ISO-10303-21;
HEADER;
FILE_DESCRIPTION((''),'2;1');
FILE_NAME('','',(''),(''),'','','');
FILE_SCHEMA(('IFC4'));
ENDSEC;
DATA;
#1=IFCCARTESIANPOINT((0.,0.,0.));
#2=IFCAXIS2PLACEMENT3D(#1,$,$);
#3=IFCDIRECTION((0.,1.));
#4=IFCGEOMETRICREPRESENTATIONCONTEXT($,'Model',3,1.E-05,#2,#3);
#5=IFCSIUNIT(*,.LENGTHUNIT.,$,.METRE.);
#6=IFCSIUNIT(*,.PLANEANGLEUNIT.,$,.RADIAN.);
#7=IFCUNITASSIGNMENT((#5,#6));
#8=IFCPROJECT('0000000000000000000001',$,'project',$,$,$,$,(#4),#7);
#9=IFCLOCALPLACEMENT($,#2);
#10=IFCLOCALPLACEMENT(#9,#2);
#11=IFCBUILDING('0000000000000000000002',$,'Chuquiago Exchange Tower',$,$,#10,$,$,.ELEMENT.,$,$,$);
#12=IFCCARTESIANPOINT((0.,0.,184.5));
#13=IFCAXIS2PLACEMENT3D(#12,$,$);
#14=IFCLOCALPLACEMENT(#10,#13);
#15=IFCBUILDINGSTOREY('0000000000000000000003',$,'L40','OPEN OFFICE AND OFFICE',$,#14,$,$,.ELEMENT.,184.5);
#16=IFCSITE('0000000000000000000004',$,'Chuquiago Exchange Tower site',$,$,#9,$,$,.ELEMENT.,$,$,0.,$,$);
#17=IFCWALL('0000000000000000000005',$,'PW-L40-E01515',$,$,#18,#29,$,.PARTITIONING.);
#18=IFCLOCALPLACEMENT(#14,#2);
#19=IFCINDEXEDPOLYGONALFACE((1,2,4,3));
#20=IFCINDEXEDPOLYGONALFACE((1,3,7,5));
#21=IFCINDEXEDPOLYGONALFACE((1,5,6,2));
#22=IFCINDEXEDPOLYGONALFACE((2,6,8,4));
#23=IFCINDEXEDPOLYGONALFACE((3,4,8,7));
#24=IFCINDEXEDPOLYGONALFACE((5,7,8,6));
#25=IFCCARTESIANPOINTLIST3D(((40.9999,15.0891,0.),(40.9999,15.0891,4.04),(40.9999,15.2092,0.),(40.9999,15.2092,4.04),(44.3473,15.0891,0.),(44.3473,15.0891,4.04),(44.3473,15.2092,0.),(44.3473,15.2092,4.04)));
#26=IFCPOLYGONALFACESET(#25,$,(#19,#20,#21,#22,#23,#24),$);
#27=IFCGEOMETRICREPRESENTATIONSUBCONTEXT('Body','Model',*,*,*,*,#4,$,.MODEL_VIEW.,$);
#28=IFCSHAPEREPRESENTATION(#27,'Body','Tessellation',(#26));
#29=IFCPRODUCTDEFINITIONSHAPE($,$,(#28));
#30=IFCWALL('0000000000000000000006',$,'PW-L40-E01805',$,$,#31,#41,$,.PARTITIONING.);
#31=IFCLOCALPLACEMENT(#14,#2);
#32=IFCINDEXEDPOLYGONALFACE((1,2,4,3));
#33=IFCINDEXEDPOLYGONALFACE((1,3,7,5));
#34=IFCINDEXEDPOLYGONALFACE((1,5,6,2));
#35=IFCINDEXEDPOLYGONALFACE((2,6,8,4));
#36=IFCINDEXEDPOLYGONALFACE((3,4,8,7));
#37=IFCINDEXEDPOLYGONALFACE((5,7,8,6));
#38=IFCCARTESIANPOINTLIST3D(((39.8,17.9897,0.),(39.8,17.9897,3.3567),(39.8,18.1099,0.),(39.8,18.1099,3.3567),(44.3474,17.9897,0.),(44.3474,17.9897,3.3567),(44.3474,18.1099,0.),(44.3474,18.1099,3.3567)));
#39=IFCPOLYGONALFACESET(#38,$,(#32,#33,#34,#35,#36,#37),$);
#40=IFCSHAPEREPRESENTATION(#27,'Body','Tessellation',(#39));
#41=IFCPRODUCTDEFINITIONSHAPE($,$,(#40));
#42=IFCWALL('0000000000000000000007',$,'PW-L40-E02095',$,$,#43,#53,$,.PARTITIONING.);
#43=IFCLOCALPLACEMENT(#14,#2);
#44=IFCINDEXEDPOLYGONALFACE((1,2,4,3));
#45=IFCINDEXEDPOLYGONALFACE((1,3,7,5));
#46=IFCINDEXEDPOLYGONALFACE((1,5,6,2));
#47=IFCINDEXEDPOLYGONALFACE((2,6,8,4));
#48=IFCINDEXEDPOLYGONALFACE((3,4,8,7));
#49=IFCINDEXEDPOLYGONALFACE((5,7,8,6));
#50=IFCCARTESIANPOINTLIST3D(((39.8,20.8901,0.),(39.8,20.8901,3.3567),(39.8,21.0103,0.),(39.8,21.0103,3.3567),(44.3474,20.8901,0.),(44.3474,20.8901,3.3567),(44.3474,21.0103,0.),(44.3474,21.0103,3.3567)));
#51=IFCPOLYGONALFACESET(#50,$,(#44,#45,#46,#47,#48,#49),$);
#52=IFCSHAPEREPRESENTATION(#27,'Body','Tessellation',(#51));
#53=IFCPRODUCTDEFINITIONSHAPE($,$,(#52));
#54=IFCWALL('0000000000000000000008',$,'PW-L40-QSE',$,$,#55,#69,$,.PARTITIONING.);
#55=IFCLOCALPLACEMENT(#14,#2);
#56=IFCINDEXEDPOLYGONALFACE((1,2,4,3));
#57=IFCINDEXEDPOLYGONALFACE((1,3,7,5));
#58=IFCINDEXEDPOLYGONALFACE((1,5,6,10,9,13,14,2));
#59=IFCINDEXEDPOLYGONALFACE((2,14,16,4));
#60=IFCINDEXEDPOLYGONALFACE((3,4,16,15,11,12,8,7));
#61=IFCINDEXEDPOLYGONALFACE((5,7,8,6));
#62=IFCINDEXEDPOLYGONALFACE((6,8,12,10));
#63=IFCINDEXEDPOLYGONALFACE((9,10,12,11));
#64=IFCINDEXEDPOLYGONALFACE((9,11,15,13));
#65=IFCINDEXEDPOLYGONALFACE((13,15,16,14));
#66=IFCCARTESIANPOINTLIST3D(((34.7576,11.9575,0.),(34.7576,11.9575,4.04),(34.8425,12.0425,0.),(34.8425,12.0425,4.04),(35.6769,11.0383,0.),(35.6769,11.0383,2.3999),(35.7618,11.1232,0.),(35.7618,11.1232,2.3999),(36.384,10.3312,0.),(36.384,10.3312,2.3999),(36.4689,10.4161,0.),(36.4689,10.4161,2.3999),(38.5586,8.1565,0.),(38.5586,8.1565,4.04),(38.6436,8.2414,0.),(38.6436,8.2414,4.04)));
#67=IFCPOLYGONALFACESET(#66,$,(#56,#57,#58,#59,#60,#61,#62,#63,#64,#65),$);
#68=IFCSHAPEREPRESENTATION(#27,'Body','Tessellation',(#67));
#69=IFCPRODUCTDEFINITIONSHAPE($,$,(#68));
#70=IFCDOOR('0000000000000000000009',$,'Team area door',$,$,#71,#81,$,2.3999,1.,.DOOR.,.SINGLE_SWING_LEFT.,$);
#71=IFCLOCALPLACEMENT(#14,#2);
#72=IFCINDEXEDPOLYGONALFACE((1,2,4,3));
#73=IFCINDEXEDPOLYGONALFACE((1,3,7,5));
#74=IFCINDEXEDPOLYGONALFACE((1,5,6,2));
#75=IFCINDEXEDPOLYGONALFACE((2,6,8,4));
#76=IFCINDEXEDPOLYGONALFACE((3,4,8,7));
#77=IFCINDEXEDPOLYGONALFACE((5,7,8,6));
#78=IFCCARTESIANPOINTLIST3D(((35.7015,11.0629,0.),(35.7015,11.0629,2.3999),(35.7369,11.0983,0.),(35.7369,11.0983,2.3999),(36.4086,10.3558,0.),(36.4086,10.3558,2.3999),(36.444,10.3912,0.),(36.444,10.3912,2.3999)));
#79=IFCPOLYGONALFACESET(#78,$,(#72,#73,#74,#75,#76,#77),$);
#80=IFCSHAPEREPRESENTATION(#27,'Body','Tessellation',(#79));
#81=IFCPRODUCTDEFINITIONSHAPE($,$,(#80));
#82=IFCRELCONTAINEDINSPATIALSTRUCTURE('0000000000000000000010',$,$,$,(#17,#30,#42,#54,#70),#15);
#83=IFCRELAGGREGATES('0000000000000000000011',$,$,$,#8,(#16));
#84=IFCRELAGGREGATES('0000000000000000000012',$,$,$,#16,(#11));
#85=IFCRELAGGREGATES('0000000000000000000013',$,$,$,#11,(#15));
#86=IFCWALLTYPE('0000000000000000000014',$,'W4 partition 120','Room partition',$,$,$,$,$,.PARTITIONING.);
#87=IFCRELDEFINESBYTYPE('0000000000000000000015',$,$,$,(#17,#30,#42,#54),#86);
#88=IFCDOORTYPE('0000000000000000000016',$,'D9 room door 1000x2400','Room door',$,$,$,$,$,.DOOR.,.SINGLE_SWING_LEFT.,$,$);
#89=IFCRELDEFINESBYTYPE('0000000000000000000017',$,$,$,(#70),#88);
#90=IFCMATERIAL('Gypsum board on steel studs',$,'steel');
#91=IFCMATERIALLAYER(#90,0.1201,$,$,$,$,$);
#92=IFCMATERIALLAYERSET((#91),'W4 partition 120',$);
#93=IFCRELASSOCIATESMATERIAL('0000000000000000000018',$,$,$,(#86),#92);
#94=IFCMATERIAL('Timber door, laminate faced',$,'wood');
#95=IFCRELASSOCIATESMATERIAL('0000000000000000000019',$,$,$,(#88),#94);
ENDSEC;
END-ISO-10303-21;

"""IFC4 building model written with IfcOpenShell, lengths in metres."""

from ifc_helpers import new_model, si_unit, direction, frame, frame_2d, origin, place, context, subcontext, project, spatial, rectangle, extrude, material, layer, layer_set, type_object, element, fill, save


model = new_model("IFC4")

# Units and contexts
model_context = context("Model", 3, precision=1e-05, world=origin(), true_north=direction((0.0, 1.0)))
body_context = subcontext(model_context, "Body", "Model", "MODEL_VIEW")
ifc_project = project(units=[si_unit("LENGTHUNIT", "METRE"), si_unit("PLANEANGLEUNIT", "RADIAN")], contexts=[model_context])

# Site, building, storey
site_placement = place(None, origin())
site = spatial("IfcSite", under=ifc_project, at=site_placement, Name="Chuquiago Exchange Tower site", CompositionType="ELEMENT", RefElevation=0.0)
building_placement = place(site_placement, origin())
building = spatial("IfcBuilding", under=site, at=building_placement, Name="Chuquiago Exchange Tower", CompositionType="ELEMENT")
storey_placement = place(building_placement, frame((0.0, 0.0, 184.5)))
storey = spatial("IfcBuildingStorey", under=building, at=storey_placement, Name="L40", Description="OPEN OFFICE AND OFFICE", CompositionType="ELEMENT", Elevation=184.5)

# Walls
ifc_material_1 = material(Name="Gypsum board on steel studs", Category="steel")
ifc_layer_1 = layer(ifc_material_1, 0.1201)
ifc_layer_set_1 = layer_set([ifc_layer_1], Name="W4 partition 120")
wall_type_1 = type_object("IfcWallType", Name="W4 partition 120", Description="Room partition", PredefinedType="PARTITIONING", material=ifc_layer_set_1)
wall_1_placement = place(storey_placement, frame((44.3474, 15.1492, 0.0), z_axis=(0.0, 0.0, 1.0), x_axis=(-1.0, 0.0, 0.0)))
element("IfcWall", 1, at=wall_1_placement, inside=storey, type_object=wall_type_1, Name="PW-L40-E01515", PredefinedType="PARTITIONING", context=body_context, shape_type="SweptSolid", body=[
    extrude(rectangle(XDim=3.3474, YDim=0.1201, at=frame_2d((1.6738, 0.0))), origin(), (0.0, 0.0, 1.0), 4.04),
])
for number, where, z_axis, x_axis, name in (
    (2, (44.3474, 18.0498, 0.0), (0.0, 0.0, 1.0), (-1.0, 0.0, 0.0), "PW-L40-E01805"),
    (3, (44.3474, 20.9502, 0.0), (0.0, 0.0, 1.0), (-1.0, 0.0, 0.0), "PW-L40-E02095"),
):
    element("IfcWall", number, at=place(storey_placement, frame(where, z_axis=z_axis, x_axis=x_axis)), inside=storey, type_object=wall_type_1, Name=name, PredefinedType="PARTITIONING", context=body_context, shape_type="SweptSolid", body=[
        extrude(rectangle(XDim=4.5474, YDim=0.1201, at=frame_2d((2.2737, 0.0))), origin(), (0.0, 0.0, 1.0), 3.3567),
    ])

# Wall, opening, door
ifc_material_2 = material(Name="Timber door, laminate faced", Category="wood")
door_type_1 = type_object("IfcDoorType", Name="D9 room door 1000x2400", Description="Room door", OperationType="SINGLE_SWING_LEFT", PredefinedType="DOOR", material=ifc_material_2)
wall_2_placement = place(storey_placement, frame((34.8, 12.0, 0.0), z_axis=(0.0, 0.0, 1.0), x_axis=(0.707107, -0.707107, 0.0)))
wall_2 = element("IfcWall", 4, at=wall_2_placement, inside=storey, type_object=wall_type_1, Name="PW-L40-QSE", PredefinedType="PARTITIONING", context=body_context, shape_type="SweptSolid", body=[
    extrude(rectangle(XDim=5.3755, YDim=0.1201, at=frame_2d((2.6877, 0.0))), origin(), (0.0, 0.0, 1.0), 4.04),
])
opening_1_placement = place(wall_2_placement, frame((1.3, 0.0, 0.0)))
opening_1 = element("IfcOpeningElement", 5, at=opening_1_placement, cuts=wall_2, PredefinedType="OPENING", context=body_context, shape_type="SweptSolid", body=[
    extrude(rectangle(XDim=1.0, YDim=2.3999, at=frame_2d((0.5, 1.2))), frame((0.0, 0.0701, 0.0), z_axis=(0.0, -1.0, 0.0), x_axis=(1.0, 0.0, 0.0)), (0.0, 0.0, 1.0), 0.1401),
])
door_1_placement = place(opening_1_placement, origin())
door_1 = element("IfcDoor", 6, at=door_1_placement, inside=storey, type_object=door_type_1, Name="Team area door", OperationType="SINGLE_SWING_LEFT", OverallHeight=2.3999, OverallWidth=1.0, PredefinedType="DOOR", context=body_context, shape_type="SweptSolid", body=[
    extrude(rectangle(XDim=1.0, YDim=2.3999, at=frame_2d((0.5, 1.2))), frame((0.0, 0.0249, 0.0), z_axis=(0.0, -1.0, 0.0), x_axis=(1.0, 0.0, 0.0)), (0.0, 0.0, 1.0), 0.05),
])
fill(opening_1, door_1)

save(model, "model.ifc")
